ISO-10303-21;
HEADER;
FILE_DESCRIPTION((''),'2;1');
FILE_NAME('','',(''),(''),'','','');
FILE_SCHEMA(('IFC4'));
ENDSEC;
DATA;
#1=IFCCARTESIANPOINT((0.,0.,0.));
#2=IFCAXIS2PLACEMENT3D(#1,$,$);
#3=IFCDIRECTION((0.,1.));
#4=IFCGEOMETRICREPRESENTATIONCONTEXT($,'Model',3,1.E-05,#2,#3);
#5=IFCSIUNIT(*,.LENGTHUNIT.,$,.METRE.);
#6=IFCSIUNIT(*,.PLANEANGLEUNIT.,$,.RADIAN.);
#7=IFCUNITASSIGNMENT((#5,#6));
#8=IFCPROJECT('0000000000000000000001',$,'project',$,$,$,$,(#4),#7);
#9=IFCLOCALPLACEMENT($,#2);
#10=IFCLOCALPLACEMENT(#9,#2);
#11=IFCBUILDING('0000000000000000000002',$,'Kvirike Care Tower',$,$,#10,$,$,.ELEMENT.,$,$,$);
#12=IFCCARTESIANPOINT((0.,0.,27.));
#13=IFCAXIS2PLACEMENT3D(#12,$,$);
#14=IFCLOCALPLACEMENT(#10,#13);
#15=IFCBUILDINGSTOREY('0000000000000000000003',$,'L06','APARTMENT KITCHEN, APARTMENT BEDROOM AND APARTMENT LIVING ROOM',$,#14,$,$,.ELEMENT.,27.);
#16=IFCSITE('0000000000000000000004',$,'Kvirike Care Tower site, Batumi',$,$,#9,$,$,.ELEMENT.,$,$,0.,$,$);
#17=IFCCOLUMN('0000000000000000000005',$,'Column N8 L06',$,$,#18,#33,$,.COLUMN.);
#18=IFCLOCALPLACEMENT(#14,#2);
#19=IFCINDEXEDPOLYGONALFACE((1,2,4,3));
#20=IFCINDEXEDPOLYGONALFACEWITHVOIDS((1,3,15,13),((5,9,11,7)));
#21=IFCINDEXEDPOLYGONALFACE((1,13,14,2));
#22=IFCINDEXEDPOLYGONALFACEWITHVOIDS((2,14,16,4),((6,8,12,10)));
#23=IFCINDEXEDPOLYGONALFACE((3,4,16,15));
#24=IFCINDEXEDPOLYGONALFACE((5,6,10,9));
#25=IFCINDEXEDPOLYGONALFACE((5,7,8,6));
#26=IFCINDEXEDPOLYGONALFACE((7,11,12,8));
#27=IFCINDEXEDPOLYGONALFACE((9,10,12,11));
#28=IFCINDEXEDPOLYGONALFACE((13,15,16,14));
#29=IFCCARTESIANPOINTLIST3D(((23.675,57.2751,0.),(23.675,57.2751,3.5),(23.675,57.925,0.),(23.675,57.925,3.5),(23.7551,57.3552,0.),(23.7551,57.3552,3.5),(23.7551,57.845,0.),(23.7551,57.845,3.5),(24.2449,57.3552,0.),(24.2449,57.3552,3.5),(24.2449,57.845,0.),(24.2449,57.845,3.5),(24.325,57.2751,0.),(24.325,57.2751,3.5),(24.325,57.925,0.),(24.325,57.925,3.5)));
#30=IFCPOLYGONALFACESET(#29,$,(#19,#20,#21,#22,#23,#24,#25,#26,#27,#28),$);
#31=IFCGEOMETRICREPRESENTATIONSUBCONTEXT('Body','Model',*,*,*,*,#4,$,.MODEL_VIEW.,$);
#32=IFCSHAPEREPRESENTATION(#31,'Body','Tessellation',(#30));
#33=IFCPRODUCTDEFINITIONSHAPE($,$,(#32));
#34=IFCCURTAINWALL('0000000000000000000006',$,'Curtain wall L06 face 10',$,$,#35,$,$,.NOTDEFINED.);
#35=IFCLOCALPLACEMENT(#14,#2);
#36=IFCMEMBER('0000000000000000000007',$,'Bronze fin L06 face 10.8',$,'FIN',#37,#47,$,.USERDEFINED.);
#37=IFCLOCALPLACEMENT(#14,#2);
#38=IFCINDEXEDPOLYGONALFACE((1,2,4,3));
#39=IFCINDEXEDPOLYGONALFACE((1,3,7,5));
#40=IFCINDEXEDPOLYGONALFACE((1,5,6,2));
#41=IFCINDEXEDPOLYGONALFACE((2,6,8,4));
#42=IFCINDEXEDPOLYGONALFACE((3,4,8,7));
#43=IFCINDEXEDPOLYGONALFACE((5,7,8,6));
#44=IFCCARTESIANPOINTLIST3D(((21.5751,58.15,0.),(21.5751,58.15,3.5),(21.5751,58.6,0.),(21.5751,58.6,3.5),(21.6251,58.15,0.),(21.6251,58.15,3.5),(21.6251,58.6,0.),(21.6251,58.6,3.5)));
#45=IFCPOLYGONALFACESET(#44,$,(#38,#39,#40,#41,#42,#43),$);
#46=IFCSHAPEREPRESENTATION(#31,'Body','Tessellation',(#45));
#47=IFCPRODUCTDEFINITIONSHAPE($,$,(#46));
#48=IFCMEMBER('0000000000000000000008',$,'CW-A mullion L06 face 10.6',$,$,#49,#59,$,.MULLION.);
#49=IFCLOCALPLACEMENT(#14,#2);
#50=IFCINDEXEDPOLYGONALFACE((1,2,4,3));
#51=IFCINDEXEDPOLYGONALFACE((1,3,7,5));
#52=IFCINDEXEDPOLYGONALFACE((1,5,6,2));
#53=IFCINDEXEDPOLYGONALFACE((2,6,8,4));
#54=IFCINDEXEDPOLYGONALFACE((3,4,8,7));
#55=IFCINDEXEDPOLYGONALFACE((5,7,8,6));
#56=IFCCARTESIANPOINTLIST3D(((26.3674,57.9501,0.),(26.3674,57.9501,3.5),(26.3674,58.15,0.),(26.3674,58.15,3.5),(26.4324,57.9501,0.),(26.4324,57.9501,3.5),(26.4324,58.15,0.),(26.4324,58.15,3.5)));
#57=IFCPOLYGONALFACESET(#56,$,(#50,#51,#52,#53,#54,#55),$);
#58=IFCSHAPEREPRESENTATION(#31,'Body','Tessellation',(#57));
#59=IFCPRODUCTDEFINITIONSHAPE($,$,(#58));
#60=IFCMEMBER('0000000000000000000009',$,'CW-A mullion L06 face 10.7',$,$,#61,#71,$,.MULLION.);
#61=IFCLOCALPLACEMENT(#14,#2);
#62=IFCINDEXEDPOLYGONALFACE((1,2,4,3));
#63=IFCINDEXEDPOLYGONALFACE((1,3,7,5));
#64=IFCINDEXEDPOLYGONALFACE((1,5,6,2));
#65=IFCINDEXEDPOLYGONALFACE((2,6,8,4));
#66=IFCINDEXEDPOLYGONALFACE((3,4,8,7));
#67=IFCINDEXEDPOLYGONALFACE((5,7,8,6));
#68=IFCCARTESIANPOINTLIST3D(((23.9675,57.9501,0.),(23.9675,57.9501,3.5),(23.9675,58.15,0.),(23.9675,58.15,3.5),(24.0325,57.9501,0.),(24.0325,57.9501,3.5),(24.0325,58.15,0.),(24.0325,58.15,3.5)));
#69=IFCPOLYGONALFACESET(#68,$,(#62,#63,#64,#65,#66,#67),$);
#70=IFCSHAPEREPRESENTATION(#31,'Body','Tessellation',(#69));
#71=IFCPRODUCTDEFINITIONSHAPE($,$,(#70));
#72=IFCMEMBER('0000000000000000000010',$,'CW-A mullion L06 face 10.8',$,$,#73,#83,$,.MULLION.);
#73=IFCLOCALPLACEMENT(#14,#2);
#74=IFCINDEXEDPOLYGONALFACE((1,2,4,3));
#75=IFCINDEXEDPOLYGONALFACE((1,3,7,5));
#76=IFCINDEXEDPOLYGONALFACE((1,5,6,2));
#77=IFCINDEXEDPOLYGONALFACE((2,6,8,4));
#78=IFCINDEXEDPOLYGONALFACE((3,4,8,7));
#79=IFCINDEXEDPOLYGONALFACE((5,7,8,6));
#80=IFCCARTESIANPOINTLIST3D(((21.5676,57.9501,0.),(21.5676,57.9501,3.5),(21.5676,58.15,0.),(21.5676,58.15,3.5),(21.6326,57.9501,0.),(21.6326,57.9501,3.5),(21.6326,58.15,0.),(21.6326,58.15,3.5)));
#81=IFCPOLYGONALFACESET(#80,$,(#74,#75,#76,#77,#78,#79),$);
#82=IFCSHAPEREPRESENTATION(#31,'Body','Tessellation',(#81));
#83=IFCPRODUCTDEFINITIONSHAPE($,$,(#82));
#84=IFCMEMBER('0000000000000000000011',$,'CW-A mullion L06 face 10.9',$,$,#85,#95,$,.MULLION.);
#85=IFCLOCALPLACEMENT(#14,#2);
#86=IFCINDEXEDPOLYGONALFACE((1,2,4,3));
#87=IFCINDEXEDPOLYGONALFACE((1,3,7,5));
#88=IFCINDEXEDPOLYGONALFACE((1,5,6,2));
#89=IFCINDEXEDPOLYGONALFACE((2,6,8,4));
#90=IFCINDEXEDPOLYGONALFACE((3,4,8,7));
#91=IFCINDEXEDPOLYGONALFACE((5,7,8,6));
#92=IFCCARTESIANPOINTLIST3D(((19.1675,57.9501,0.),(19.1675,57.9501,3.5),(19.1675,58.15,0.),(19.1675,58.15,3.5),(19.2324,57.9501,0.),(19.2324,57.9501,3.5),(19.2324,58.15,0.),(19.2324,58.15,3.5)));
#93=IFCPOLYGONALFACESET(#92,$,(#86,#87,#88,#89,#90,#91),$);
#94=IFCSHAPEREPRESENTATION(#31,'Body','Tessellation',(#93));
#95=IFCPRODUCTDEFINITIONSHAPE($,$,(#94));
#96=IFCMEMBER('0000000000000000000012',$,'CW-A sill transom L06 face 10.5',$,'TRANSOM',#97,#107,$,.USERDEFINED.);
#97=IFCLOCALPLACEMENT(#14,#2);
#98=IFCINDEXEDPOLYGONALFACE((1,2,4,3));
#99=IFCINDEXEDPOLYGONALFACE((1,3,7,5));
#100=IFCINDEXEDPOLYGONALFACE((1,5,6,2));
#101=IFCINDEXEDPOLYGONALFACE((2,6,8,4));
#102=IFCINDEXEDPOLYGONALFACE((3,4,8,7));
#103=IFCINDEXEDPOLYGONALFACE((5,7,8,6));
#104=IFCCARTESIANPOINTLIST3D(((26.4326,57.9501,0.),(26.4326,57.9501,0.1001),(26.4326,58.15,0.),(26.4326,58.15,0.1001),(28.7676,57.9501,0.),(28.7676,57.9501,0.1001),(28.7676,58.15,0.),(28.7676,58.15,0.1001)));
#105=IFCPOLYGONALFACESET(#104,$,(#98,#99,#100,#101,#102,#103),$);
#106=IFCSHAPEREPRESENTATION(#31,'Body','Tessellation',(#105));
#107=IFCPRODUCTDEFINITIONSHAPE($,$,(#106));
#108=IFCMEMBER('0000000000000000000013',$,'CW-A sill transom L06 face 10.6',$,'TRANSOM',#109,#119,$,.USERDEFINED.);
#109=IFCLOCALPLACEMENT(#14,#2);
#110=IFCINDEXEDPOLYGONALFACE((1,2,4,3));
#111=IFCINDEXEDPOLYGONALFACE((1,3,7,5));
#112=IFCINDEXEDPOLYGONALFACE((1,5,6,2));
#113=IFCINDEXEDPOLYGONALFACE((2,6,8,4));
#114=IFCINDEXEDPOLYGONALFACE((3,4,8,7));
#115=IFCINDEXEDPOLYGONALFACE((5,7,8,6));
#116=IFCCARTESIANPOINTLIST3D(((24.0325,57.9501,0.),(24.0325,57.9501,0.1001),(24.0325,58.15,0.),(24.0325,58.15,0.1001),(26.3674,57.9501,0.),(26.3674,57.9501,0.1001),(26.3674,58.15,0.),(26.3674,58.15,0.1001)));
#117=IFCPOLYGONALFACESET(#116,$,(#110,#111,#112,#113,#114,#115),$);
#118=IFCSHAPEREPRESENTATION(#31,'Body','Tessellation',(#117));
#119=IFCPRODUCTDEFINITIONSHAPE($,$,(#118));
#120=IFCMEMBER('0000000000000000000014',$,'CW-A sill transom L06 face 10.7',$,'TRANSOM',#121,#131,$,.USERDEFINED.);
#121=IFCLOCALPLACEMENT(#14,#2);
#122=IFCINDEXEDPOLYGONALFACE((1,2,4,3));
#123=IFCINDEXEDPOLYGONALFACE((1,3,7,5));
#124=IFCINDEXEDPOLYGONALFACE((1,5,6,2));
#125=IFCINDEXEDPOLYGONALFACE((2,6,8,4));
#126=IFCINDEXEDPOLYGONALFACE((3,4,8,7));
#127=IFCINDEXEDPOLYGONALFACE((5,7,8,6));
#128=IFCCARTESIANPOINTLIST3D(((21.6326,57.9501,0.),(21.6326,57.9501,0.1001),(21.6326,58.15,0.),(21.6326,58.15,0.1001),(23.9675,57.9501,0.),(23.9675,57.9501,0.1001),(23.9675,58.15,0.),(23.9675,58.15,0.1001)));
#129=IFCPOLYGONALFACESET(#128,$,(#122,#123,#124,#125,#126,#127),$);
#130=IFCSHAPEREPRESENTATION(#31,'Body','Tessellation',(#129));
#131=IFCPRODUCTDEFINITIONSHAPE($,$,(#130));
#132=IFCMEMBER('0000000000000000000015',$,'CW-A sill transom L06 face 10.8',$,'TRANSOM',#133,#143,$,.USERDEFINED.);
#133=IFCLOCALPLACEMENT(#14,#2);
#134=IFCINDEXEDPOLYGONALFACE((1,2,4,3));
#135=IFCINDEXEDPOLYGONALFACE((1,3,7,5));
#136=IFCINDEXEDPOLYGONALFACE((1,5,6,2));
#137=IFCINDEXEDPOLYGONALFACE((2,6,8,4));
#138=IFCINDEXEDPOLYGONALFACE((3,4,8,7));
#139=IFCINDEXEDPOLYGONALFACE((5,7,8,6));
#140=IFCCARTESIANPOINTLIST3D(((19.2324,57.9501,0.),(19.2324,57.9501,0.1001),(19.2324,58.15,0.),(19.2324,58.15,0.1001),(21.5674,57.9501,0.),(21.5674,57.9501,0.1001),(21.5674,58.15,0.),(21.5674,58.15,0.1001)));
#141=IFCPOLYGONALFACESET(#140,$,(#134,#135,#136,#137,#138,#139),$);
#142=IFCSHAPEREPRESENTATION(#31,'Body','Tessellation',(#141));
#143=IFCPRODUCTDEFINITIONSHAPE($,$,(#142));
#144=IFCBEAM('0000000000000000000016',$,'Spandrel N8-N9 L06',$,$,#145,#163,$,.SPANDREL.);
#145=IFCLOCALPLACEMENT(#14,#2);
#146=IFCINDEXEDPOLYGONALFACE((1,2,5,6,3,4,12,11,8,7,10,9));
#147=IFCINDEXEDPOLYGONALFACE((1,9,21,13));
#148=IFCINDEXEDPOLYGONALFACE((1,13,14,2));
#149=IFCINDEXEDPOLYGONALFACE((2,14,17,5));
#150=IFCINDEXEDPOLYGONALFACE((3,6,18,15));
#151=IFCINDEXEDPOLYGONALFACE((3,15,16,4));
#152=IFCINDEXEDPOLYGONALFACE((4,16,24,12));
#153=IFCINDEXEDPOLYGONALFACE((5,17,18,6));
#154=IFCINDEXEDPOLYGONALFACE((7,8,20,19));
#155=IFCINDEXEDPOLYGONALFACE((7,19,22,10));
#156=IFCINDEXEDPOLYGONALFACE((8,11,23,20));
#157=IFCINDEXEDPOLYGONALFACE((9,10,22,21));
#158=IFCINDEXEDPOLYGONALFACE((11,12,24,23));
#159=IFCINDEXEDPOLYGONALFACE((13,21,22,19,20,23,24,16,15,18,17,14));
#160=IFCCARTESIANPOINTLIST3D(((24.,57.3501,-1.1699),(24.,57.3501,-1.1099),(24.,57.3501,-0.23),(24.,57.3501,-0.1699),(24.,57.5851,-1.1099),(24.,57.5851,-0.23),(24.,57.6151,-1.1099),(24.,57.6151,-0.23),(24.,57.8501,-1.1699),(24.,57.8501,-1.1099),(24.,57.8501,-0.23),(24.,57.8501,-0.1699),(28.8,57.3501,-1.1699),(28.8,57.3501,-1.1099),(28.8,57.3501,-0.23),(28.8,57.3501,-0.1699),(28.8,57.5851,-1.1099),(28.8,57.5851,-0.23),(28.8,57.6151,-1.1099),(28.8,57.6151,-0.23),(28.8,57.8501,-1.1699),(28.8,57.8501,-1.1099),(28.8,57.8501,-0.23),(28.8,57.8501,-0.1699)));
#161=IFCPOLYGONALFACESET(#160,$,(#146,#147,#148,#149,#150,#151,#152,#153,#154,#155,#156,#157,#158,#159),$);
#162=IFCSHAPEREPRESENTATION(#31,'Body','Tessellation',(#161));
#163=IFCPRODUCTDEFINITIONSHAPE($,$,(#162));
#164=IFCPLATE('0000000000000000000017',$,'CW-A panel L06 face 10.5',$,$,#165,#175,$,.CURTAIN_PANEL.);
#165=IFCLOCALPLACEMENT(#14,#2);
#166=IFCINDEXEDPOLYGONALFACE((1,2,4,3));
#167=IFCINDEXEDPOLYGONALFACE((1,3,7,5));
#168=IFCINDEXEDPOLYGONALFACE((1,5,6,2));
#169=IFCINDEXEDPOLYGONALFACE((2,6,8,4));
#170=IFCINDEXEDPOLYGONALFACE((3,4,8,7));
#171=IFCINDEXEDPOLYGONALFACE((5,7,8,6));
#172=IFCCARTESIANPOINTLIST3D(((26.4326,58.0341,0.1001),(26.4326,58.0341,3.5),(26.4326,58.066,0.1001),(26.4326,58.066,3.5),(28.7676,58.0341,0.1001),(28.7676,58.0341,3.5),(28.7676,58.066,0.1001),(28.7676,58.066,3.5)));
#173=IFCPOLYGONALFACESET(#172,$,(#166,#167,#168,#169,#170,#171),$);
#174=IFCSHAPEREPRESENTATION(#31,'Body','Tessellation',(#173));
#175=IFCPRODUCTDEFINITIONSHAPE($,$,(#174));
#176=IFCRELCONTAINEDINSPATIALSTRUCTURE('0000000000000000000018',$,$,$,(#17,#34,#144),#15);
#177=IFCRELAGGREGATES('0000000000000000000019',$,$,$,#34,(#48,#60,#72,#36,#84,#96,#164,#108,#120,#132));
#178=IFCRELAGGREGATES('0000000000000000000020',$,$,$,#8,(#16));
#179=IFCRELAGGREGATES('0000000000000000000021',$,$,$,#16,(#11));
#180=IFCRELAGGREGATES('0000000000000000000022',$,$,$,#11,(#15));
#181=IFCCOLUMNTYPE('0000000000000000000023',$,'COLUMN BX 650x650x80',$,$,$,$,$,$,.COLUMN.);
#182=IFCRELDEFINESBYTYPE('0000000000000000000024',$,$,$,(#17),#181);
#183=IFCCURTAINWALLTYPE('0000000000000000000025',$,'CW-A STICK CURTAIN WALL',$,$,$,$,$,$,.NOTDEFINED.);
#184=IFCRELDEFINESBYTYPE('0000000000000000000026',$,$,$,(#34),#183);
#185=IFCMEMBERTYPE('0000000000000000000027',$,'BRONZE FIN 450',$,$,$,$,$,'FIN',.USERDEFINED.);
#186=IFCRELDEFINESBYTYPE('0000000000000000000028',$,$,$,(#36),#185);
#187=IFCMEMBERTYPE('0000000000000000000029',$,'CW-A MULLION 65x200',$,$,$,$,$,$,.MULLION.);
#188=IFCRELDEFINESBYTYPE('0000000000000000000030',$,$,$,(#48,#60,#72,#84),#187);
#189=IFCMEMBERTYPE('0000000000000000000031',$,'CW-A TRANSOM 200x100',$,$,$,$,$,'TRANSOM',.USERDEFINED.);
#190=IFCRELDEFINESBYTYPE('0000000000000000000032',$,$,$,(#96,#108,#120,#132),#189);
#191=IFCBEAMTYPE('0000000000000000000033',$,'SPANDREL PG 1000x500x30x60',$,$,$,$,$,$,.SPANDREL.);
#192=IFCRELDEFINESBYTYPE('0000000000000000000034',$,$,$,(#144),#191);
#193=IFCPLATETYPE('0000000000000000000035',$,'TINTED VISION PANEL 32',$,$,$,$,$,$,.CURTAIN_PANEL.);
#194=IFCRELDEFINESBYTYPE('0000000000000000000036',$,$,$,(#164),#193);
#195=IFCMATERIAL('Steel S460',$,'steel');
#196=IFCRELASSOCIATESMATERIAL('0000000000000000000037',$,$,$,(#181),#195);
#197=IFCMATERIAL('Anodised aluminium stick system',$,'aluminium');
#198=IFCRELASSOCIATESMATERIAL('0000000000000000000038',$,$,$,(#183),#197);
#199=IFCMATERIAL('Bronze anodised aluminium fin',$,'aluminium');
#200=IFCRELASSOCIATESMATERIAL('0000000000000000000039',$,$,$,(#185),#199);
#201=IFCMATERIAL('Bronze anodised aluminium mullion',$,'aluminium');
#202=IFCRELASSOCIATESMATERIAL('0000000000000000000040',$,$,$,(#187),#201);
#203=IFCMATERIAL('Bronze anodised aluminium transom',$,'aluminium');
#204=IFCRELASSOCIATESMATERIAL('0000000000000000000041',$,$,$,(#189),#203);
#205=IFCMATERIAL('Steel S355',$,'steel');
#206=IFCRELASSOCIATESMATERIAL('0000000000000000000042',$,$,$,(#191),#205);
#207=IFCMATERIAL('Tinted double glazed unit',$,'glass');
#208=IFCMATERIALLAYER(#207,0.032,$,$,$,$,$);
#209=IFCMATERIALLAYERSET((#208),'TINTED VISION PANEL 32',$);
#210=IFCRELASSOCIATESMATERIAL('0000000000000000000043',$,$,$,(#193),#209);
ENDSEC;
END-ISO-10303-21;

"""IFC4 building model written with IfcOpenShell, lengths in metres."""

from ifc_helpers import new_model, si_unit, direction, frame, origin, origin_2d, place, context, subcontext, project, spatial, rectangle, hollow_rectangle, i_section, extrude, material, layer, layer_set, material_profile, profile_set, type_object, element, aggregate, save


model = new_model("IFC4")

# Units and contexts
model_context = context("Model", 3, precision=1e-05, world=origin(), true_north=direction((0.0, 1.0)))
body_context = subcontext(model_context, "Body", "Model", "MODEL_VIEW")
ifc_project = project(units=[si_unit("LENGTHUNIT", "METRE"), si_unit("PLANEANGLEUNIT", "RADIAN")], contexts=[model_context])

# Site, building, storey
site_placement = place(None, origin())
site = spatial("IfcSite", under=ifc_project, at=site_placement, Name="Kvirike Care Tower site, Batumi", CompositionType="ELEMENT", RefElevation=0.0)
building_placement = place(site_placement, origin())
building = spatial("IfcBuilding", under=site, at=building_placement, Name="Kvirike Care Tower", CompositionType="ELEMENT")
storey_placement = place(building_placement, frame((0.0, 0.0, 27.0)))
storey = spatial("IfcBuildingStorey", under=building, at=storey_placement, Name="L06", Description="APARTMENT KITCHEN, APARTMENT BEDROOM AND APARTMENT LIVING ROOM", CompositionType="ELEMENT", Elevation=27.0)

# Column
ifc_material_1 = material(Name="Steel S460", Category="steel")
ifc_material_profile_1 = material_profile(ifc_material_1, hollow_rectangle(XDim=0.6499, YDim=0.6499, WallThickness=0.0801, at=origin_2d()), Name="BX 650x650x80")
ifc_profile_set_1 = profile_set([ifc_material_profile_1], Name="Steel S460")
column_type = type_object("IfcColumnType", Name="COLUMN BX 650x650x80", PredefinedType="COLUMN", material=ifc_profile_set_1)
column_placement = place(storey_placement, frame((24.0, 57.6001, 0.0), z_axis=(0.0, 0.0, 1.0), x_axis=(0.0, 1.0, 0.0)))
element("IfcColumn", 1, at=column_placement, inside=storey, type_object=column_type, Name="Column N8 L06", PredefinedType="COLUMN", context=body_context, shape_type="SweptSolid", body=[
    extrude(hollow_rectangle(XDim=0.6499, YDim=0.6499, WallThickness=0.0801, at=origin_2d()), origin(), (0.0, 0.0, 1.0), 3.5),
])

# Curtain wall, members
ifc_material_2 = material(Name="Anodised aluminium stick system", Category="aluminium")
curtain_wall_type = type_object("IfcCurtainWallType", Name="CW-A STICK CURTAIN WALL", PredefinedType="NOTDEFINED", material=ifc_material_2)
curtain_wall_placement = place(storey_placement, origin())
curtain_wall = element("IfcCurtainWall", 2, at=curtain_wall_placement, inside=storey, type_object=curtain_wall_type, Name="Curtain wall L06 face 10", PredefinedType="NOTDEFINED")
ifc_material_3 = material(Name="Bronze anodised aluminium fin", Category="aluminium")
ifc_material_profile_2 = material_profile(ifc_material_3, rectangle(XDim=0.05, YDim=0.45, at=origin_2d()), Name="BRONZE FIN 450")
ifc_profile_set_2 = profile_set([ifc_material_profile_2], Name="Bronze anodised aluminium fin")
member_type_1 = type_object("IfcMemberType", Name="BRONZE FIN 450", ElementType="FIN", PredefinedType="USERDEFINED", material=ifc_profile_set_2)
member_1_placement = place(storey_placement, frame((21.6001, 58.375, 0.0), z_axis=(0.0, 0.0, 1.0), x_axis=(-1.0, 0.0, 0.0)))
member_1 = element("IfcMember", 3, at=member_1_placement, type_object=member_type_1, Name="Bronze fin L06 face 10.8", ObjectType="FIN", PredefinedType="USERDEFINED", context=body_context, shape_type="SweptSolid", body=[
    extrude(rectangle(XDim=0.05, YDim=0.45, at=origin_2d()), origin(), (0.0, 0.0, 1.0), 3.5),
])
ifc_material_4 = material(Name="Bronze anodised aluminium mullion", Category="aluminium")
ifc_material_profile_3 = material_profile(ifc_material_4, rectangle(XDim=0.0649, YDim=0.2, at=origin_2d()), Name="CW-A MULLION 65x200")
ifc_profile_set_3 = profile_set([ifc_material_profile_3], Name="Bronze anodised aluminium mullion")
member_type_2 = type_object("IfcMemberType", Name="CW-A MULLION 65x200", PredefinedType="MULLION", material=ifc_profile_set_3)
member_2_placement = place(storey_placement, frame((26.3999, 58.05, 0.0), z_axis=(0.0, 0.0, 1.0), x_axis=(-1.0, 0.0, 0.0)))
member_2 = element("IfcMember", 4, at=member_2_placement, type_object=member_type_2, Name="CW-A mullion L06 face 10.6", PredefinedType="MULLION", context=body_context, shape_type="SweptSolid", body=[
    extrude(rectangle(XDim=0.0649, YDim=0.2, at=origin_2d()), origin(), (0.0, 0.0, 1.0), 3.5),
])
member_3_placement = place(storey_placement, frame((24.0, 58.05, 0.0), z_axis=(0.0, 0.0, 1.0), x_axis=(-1.0, 0.0, 0.0)))
member_3 = element("IfcMember", 5, at=member_3_placement, type_object=member_type_2, Name="CW-A mullion L06 face 10.7", PredefinedType="MULLION", context=body_context, shape_type="SweptSolid", body=[
    extrude(rectangle(XDim=0.0649, YDim=0.2, at=origin_2d()), origin(), (0.0, 0.0, 1.0), 3.5),
])
member_4_placement = place(storey_placement, frame((21.6001, 58.05, 0.0), z_axis=(0.0, 0.0, 1.0), x_axis=(-1.0, 0.0, 0.0)))
member_4 = element("IfcMember", 6, at=member_4_placement, type_object=member_type_2, Name="CW-A mullion L06 face 10.8", PredefinedType="MULLION", context=body_context, shape_type="SweptSolid", body=[
    extrude(rectangle(XDim=0.0649, YDim=0.2, at=origin_2d()), origin(), (0.0, 0.0, 1.0), 3.5),
])
member_5_placement = place(storey_placement, frame((19.2, 58.05, 0.0), z_axis=(0.0, 0.0, 1.0), x_axis=(-1.0, 0.0, 0.0)))
member_5 = element("IfcMember", 7, at=member_5_placement, type_object=member_type_2, Name="CW-A mullion L06 face 10.9", PredefinedType="MULLION", context=body_context, shape_type="SweptSolid", body=[
    extrude(rectangle(XDim=0.0649, YDim=0.2, at=origin_2d()), origin(), (0.0, 0.0, 1.0), 3.5),
])
ifc_material_5 = material(Name="Bronze anodised aluminium transom", Category="aluminium")
ifc_material_profile_4 = material_profile(ifc_material_5, rectangle(XDim=0.2, YDim=0.1001, at=origin_2d()), Name="CW-A TRANSOM 200x100")
ifc_profile_set_4 = profile_set([ifc_material_profile_4], Name="Bronze anodised aluminium transom")
member_type_3 = type_object("IfcMemberType", Name="CW-A TRANSOM 200x100", ElementType="TRANSOM", PredefinedType="USERDEFINED", material=ifc_profile_set_4)
member_6_placement = place(storey_placement, frame((28.7676, 58.05, 0.05), z_axis=(-1.0, 0.0, 0.0), x_axis=(0.0, -1.0, 0.0)))
member_6 = element("IfcMember", 8, at=member_6_placement, type_object=member_type_3, Name="CW-A sill transom L06 face 10.5", ObjectType="TRANSOM", PredefinedType="USERDEFINED", context=body_context, shape_type="SweptSolid", body=[
    extrude(rectangle(XDim=0.2, YDim=0.1001, at=origin_2d()), origin(), (0.0, 0.0, 1.0), 2.335),
])
member_7_placement = place(storey_placement, frame((26.3674, 58.05, 0.05), z_axis=(-1.0, 0.0, 0.0), x_axis=(0.0, -1.0, 0.0)))
member_7 = element("IfcMember", 9, at=member_7_placement, type_object=member_type_3, Name="CW-A sill transom L06 face 10.6", ObjectType="TRANSOM", PredefinedType="USERDEFINED", context=body_context, shape_type="SweptSolid", body=[
    extrude(rectangle(XDim=0.2, YDim=0.1001, at=origin_2d()), origin(), (0.0, 0.0, 1.0), 2.335),
])
member_8_placement = place(storey_placement, frame((23.9675, 58.05, 0.05), z_axis=(-1.0, 0.0, 0.0), x_axis=(0.0, -1.0, 0.0)))
member_8 = element("IfcMember", 10, at=member_8_placement, type_object=member_type_3, Name="CW-A sill transom L06 face 10.7", ObjectType="TRANSOM", PredefinedType="USERDEFINED", context=body_context, shape_type="SweptSolid", body=[
    extrude(rectangle(XDim=0.2, YDim=0.1001, at=origin_2d()), origin(), (0.0, 0.0, 1.0), 2.335),
])
member_9_placement = place(storey_placement, frame((21.5674, 58.05, 0.05), z_axis=(-1.0, 0.0, 0.0), x_axis=(0.0, -1.0, 0.0)))
member_9 = element("IfcMember", 11, at=member_9_placement, type_object=member_type_3, Name="CW-A sill transom L06 face 10.8", ObjectType="TRANSOM", PredefinedType="USERDEFINED", context=body_context, shape_type="SweptSolid", body=[
    extrude(rectangle(XDim=0.2, YDim=0.1001, at=origin_2d()), origin(), (0.0, 0.0, 1.0), 2.335),
])

# Beam
ifc_material_6 = material(Name="Steel S355", Category="steel")
ifc_material_profile_5 = material_profile(ifc_material_6, i_section(OverallWidth=0.5, OverallDepth=1.0, WebThickness=0.03, FlangeThickness=0.0601, at=origin_2d()), Name="PG 1000x500x30x60")
ifc_profile_set_5 = profile_set([ifc_material_profile_5], Name="Steel S355")
beam_type = type_object("IfcBeamType", Name="SPANDREL PG 1000x500x30x60", PredefinedType="SPANDREL", material=ifc_profile_set_5)
beam_placement = place(storey_placement, frame((24.0, 57.6001, -0.6699), z_axis=(1.0, 0.0, 0.0), x_axis=(0.0, 1.0, 0.0)))
element("IfcBeam", 12, at=beam_placement, inside=storey, type_object=beam_type, Name="Spandrel N8-N9 L06", PredefinedType="SPANDREL", context=body_context, shape_type="SweptSolid", body=[
    extrude(i_section(OverallWidth=0.5, OverallDepth=1.0, WebThickness=0.03, FlangeThickness=0.0601, at=origin_2d()), origin(), (0.0, 0.0, 1.0), 4.8),
])

# Plate
ifc_material_7 = material(Name="Tinted double glazed unit", Category="glass")
ifc_layer_1 = layer(ifc_material_7, 0.032)
ifc_layer_set_1 = layer_set([ifc_layer_1], Name="TINTED VISION PANEL 32")
plate_type = type_object("IfcPlateType", Name="TINTED VISION PANEL 32", PredefinedType="CURTAIN_PANEL", material=ifc_layer_set_1)
plate_1_placement = place(storey_placement, frame((27.6001, 58.05, 0.1001), z_axis=(0.0, 0.0, 1.0), x_axis=(-1.0, 0.0, 0.0)))
plate_1 = element("IfcPlate", 13, at=plate_1_placement, type_object=plate_type, Name="CW-A panel L06 face 10.5", PredefinedType="CURTAIN_PANEL", context=body_context, shape_type="SweptSolid", body=[
    extrude(rectangle(XDim=2.335, YDim=0.032, at=origin_2d()), origin(), (0.0, 0.0, 1.0), 3.3999),
])
aggregate(curtain_wall, [member_2, member_3, member_4, member_1, member_5, member_6, plate_1, member_7, member_8, member_9])

save(model, "model.ifc")
